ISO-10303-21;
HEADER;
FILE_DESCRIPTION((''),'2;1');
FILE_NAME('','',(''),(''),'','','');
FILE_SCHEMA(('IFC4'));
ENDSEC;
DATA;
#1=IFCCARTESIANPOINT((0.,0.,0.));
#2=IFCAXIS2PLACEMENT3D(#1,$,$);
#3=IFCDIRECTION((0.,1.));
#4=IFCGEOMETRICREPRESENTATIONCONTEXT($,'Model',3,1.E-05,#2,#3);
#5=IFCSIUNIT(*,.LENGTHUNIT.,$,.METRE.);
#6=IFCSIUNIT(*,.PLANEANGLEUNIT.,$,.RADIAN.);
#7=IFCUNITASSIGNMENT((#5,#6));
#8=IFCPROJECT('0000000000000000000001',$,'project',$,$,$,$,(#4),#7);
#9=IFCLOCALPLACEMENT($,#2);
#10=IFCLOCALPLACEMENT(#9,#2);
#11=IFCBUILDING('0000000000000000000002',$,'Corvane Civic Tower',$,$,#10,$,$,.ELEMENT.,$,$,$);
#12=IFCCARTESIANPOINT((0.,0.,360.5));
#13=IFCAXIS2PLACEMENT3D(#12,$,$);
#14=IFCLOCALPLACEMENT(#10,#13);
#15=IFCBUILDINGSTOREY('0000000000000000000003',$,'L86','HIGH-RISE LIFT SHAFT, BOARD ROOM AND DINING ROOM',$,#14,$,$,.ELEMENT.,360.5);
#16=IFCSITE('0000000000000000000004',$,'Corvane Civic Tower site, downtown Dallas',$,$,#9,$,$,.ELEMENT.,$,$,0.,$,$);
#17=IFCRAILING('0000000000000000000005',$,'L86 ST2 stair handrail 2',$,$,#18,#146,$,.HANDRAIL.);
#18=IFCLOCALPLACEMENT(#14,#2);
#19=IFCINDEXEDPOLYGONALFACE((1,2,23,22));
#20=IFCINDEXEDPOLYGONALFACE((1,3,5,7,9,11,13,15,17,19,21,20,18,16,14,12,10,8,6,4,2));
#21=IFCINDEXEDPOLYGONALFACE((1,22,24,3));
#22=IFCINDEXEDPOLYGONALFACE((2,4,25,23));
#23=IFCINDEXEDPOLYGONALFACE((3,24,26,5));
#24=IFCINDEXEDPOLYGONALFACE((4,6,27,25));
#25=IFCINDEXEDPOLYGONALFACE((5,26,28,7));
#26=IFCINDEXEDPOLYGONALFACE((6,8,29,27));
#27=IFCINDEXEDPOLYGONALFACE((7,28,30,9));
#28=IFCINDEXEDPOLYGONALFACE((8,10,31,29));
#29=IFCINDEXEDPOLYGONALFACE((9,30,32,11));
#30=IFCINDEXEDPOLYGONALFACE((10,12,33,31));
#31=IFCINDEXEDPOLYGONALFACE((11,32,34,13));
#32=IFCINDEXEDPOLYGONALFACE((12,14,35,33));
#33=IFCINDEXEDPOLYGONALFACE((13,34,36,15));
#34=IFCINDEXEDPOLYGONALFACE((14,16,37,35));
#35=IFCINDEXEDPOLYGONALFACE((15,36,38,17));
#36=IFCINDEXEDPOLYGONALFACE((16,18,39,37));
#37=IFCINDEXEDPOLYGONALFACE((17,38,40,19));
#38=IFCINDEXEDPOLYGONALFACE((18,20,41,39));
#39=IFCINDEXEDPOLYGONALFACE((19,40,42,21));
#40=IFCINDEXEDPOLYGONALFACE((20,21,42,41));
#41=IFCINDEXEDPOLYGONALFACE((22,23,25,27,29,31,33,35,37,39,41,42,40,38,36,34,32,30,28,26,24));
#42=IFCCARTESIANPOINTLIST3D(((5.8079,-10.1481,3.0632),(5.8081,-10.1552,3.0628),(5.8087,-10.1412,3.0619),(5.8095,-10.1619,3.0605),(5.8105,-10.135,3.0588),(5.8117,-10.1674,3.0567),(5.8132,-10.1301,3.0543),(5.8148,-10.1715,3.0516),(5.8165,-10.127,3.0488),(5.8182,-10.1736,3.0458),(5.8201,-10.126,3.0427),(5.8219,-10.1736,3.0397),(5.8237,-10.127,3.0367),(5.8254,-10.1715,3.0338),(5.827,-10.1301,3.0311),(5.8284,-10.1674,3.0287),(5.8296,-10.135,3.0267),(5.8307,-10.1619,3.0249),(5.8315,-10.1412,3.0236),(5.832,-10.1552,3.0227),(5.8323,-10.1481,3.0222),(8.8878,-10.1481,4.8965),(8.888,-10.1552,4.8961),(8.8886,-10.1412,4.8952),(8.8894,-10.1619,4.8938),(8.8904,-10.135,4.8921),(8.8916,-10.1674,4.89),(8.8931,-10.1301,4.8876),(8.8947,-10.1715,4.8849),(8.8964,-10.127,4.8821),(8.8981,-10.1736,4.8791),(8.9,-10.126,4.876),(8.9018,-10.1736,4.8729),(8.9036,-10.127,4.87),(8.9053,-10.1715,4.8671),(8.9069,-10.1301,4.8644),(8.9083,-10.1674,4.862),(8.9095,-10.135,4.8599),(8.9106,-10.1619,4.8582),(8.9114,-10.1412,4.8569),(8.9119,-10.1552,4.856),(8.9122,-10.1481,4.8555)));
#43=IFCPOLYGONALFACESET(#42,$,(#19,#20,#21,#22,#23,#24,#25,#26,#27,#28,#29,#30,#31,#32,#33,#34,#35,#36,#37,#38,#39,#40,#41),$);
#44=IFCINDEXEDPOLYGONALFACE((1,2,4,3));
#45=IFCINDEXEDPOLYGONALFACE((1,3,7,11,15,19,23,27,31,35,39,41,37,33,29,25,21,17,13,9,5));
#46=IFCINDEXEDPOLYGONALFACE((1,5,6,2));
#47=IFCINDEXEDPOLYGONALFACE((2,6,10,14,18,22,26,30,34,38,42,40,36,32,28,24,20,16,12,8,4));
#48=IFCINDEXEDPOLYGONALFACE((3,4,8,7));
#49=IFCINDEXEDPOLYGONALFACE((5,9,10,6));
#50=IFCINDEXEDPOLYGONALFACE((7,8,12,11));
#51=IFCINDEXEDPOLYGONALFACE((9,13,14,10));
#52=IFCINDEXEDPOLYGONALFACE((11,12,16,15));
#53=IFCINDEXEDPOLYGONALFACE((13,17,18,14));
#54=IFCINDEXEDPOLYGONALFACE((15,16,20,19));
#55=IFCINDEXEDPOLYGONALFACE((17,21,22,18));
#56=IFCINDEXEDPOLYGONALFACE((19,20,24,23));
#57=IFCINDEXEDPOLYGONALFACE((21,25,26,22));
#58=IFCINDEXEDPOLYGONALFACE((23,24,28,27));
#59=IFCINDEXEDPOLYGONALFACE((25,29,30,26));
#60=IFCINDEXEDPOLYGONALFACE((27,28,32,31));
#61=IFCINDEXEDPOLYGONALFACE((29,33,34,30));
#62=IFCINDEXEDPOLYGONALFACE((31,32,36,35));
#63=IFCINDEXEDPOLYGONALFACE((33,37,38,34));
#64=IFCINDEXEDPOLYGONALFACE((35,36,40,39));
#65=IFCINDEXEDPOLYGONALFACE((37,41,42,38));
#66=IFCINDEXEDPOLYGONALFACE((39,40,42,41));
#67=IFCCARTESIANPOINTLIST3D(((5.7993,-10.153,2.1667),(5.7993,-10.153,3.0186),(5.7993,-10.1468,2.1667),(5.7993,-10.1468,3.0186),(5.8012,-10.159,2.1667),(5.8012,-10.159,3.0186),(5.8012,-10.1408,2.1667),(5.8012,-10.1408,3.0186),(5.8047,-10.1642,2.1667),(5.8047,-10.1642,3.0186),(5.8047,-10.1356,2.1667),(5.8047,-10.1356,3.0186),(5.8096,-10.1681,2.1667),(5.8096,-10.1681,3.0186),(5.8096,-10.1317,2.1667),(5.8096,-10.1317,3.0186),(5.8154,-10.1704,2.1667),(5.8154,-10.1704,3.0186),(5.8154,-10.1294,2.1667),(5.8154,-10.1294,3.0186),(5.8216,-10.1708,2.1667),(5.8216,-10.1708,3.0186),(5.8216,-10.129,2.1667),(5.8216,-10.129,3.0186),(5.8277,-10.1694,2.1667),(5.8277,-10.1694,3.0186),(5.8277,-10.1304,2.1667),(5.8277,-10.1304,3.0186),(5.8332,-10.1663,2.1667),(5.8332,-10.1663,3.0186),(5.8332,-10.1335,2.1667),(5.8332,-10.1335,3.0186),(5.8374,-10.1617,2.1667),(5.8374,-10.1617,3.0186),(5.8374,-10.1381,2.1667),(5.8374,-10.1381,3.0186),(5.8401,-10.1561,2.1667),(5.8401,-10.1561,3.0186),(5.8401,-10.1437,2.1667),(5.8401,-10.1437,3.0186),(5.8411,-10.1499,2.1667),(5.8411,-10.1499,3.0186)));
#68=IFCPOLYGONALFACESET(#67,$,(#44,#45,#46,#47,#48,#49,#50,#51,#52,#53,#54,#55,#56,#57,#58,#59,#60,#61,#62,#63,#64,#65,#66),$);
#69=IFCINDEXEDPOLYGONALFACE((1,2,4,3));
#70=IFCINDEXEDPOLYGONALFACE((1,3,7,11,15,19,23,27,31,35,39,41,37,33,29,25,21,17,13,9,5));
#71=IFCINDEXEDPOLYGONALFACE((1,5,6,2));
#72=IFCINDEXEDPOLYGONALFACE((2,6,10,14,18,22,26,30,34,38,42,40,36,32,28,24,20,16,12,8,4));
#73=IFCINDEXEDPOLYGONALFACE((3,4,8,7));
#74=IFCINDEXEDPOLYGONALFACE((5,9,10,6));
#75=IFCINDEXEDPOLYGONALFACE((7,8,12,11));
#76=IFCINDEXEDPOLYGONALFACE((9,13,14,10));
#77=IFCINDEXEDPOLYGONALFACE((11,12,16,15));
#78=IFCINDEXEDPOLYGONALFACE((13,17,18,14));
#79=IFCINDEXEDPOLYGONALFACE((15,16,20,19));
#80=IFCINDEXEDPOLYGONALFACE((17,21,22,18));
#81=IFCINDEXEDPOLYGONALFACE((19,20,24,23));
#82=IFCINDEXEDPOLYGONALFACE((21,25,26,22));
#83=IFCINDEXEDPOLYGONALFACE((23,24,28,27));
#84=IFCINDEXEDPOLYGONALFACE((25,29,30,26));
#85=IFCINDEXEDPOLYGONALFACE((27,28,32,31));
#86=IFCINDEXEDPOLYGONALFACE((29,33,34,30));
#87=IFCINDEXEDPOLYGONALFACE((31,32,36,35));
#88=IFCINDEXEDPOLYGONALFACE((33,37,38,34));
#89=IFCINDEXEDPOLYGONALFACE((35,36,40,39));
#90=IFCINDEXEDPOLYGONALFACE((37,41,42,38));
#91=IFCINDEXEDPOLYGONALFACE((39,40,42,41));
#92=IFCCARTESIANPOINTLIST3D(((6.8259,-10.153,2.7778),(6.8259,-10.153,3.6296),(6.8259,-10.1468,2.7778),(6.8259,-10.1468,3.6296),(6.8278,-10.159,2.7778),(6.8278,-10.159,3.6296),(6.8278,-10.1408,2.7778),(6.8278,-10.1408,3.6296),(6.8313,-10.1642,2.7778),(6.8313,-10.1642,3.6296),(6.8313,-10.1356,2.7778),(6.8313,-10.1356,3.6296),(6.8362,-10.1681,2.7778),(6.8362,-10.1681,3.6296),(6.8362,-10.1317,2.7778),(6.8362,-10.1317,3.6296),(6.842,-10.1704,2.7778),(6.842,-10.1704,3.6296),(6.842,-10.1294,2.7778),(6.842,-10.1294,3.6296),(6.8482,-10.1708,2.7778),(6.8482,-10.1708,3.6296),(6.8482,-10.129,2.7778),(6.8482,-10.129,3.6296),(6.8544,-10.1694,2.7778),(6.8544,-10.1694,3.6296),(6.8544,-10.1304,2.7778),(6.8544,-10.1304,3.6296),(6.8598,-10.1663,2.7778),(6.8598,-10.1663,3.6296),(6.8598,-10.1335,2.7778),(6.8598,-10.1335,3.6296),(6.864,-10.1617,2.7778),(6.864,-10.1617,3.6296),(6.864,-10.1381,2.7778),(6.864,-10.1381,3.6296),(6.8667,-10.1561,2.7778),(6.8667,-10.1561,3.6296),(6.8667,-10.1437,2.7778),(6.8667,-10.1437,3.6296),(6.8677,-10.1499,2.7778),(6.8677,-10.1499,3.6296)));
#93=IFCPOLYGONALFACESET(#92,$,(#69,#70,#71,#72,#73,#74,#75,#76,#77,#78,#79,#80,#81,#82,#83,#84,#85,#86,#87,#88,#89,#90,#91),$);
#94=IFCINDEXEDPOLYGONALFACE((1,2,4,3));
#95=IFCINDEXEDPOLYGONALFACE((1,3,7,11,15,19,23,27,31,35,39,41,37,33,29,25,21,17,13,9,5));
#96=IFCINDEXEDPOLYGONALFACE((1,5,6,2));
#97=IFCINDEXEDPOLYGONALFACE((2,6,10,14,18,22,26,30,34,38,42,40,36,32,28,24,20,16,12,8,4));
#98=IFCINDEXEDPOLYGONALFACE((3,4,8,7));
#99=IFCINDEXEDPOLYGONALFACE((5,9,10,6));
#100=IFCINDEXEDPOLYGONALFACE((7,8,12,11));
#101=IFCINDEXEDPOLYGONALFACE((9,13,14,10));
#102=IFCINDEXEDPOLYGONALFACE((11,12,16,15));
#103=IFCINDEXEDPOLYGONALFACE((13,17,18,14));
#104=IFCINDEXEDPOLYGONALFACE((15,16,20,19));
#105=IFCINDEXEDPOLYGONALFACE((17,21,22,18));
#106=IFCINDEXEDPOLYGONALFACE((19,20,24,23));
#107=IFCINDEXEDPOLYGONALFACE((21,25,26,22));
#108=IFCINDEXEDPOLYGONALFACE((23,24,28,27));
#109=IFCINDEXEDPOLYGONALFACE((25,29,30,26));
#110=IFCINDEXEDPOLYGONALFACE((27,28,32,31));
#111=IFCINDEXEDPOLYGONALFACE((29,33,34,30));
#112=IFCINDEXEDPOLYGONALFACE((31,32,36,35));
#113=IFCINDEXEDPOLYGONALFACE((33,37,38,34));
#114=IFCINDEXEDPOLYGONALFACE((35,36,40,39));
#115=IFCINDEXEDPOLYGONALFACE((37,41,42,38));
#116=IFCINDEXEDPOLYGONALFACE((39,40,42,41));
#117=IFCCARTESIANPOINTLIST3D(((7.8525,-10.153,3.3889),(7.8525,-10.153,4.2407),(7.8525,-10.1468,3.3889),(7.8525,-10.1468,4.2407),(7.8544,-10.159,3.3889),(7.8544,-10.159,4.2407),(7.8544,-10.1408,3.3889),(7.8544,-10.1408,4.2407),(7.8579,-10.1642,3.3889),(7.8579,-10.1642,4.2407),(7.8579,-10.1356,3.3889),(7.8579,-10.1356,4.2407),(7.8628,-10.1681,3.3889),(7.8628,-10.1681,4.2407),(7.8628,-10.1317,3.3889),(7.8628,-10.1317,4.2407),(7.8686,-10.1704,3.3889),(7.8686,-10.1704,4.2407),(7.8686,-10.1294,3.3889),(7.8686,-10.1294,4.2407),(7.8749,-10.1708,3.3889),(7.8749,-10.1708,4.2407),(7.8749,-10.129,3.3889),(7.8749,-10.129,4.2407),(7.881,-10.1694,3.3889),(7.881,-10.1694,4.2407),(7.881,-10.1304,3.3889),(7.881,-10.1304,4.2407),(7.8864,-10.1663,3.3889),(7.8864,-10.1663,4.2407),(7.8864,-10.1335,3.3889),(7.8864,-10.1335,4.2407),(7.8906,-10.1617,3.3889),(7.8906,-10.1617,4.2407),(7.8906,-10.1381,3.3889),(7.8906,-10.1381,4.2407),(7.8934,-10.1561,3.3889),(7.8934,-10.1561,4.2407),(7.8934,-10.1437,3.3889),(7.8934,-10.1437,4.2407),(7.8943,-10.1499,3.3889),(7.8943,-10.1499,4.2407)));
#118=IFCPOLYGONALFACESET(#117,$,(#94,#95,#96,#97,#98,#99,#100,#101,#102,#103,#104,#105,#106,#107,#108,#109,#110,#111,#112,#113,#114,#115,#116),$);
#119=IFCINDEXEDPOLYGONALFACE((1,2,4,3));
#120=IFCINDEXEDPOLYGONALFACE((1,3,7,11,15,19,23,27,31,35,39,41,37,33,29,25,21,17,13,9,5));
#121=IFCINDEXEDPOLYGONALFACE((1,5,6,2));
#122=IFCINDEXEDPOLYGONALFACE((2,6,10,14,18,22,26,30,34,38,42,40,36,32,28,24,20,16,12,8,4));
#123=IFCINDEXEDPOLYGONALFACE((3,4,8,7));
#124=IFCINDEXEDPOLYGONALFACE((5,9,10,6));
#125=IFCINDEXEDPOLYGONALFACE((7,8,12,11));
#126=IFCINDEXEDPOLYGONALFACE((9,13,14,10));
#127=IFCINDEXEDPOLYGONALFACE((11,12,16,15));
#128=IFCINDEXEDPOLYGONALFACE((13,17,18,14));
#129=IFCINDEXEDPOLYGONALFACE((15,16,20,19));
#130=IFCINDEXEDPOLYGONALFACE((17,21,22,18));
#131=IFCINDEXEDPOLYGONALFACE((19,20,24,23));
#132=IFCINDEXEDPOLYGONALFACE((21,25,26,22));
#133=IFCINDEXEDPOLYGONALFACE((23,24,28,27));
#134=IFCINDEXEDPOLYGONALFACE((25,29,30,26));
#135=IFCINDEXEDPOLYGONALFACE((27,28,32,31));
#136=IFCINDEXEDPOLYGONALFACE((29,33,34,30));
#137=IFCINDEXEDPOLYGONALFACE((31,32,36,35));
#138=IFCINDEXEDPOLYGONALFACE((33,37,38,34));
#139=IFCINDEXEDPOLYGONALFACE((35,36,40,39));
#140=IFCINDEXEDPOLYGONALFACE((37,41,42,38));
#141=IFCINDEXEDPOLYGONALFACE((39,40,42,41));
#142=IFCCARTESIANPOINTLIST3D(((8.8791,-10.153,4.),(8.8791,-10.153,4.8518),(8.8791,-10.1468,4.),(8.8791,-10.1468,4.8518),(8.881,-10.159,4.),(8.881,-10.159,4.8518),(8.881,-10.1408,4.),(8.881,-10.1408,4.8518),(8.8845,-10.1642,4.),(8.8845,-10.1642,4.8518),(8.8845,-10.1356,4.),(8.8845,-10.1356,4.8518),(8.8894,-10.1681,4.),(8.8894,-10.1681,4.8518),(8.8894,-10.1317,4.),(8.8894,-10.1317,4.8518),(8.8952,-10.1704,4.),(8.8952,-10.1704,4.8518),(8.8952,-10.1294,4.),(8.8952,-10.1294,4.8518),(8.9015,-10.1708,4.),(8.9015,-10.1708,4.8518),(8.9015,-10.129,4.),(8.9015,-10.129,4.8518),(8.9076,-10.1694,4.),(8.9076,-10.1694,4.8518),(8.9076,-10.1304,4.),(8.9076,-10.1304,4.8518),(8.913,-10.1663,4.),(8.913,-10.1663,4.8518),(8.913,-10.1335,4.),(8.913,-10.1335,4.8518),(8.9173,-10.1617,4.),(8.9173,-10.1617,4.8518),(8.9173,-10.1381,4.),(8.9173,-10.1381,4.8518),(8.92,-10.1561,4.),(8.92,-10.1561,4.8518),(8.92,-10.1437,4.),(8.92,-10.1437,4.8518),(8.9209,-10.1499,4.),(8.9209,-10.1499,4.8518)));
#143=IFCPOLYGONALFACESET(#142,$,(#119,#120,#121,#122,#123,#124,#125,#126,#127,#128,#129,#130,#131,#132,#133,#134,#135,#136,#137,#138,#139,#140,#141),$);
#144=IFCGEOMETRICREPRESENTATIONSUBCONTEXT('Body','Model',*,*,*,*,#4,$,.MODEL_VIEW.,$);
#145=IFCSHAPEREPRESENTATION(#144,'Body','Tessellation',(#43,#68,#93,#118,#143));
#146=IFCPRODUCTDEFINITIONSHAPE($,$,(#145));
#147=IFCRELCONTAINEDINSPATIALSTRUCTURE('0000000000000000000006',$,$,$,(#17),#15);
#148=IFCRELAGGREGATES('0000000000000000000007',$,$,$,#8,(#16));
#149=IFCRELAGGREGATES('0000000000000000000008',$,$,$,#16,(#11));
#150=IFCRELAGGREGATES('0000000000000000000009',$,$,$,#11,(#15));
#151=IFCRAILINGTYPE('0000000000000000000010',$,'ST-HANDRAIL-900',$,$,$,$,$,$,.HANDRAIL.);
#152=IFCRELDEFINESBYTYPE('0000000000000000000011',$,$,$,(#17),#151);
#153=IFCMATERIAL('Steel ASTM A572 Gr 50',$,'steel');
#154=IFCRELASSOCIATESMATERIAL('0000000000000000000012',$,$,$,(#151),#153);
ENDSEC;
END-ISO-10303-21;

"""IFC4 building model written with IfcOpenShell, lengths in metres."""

from ifc_helpers import new_model, si_unit, direction, frame, origin, origin_2d, place, context, subcontext, project, spatial, circle, extrude, material, type_object, element, save


model = new_model("IFC4")

# Units and contexts
model_context = context("Model", 3, precision=1e-05, world=origin(), true_north=direction((0.0, 1.0)))
body_context = subcontext(model_context, "Body", "Model", "MODEL_VIEW")
ifc_project = project(units=[si_unit("LENGTHUNIT", "METRE"), si_unit("PLANEANGLEUNIT", "RADIAN")], contexts=[model_context])

# Site, building, storey
site_placement = place(None, origin())
site = spatial("IfcSite", under=ifc_project, at=site_placement, Name="Corvane Civic Tower site, downtown Dallas", CompositionType="ELEMENT", RefElevation=0.0)
building_placement = place(site_placement, origin())
building = spatial("IfcBuilding", under=site, at=building_placement, Name="Corvane Civic Tower", CompositionType="ELEMENT")
storey_placement = place(building_placement, frame((0.0, 0.0, 360.5)))
storey = spatial("IfcBuildingStorey", under=building, at=storey_placement, Name="L86", Description="HIGH-RISE LIFT SHAFT, BOARD ROOM AND DINING ROOM", CompositionType="ELEMENT", Elevation=360.5)

# Railing
ifc_material_1 = material(Name="Steel ASTM A572 Gr 50", Category="steel")
railing_type_1 = type_object("IfcRailingType", Name="ST-HANDRAIL-900", PredefinedType="HANDRAIL", material=ifc_material_1)
railing_1_placement = place(storey_placement, frame((5.8201, -10.1499, 2.1667)))
element("IfcRailing", 1, at=railing_1_placement, inside=storey, type_object=railing_type_1, Name="L86 ST2 stair handrail 2", PredefinedType="HANDRAIL", context=body_context, shape_type="SweptSolid", body=[
    extrude(circle(Radius=0.0239, at=origin_2d()), frame((0.0, 0.0, 0.876), z_axis=(0.859291, 0.0, 0.511487), x_axis=(0.0, 1.0, 0.0)), (0.0, 0.0, 1.0), 3.5842),
    extrude(circle(Radius=0.021, at=origin_2d()), origin(), (0.0, 0.0, 1.0), 0.8518),
    extrude(circle(Radius=0.021, at=origin_2d()), frame((1.0266, 0.0, 0.6111)), (0.0, 0.0, 1.0), 0.8518),
    extrude(circle(Radius=0.021, at=origin_2d()), frame((2.0532, 0.0, 1.2222)), (0.0, 0.0, 1.0), 0.8518),
    extrude(circle(Radius=0.021, at=origin_2d()), frame((3.0798, 0.0, 1.8333)), (0.0, 0.0, 1.0), 0.8518),
])

save(model, "model.ifc")
